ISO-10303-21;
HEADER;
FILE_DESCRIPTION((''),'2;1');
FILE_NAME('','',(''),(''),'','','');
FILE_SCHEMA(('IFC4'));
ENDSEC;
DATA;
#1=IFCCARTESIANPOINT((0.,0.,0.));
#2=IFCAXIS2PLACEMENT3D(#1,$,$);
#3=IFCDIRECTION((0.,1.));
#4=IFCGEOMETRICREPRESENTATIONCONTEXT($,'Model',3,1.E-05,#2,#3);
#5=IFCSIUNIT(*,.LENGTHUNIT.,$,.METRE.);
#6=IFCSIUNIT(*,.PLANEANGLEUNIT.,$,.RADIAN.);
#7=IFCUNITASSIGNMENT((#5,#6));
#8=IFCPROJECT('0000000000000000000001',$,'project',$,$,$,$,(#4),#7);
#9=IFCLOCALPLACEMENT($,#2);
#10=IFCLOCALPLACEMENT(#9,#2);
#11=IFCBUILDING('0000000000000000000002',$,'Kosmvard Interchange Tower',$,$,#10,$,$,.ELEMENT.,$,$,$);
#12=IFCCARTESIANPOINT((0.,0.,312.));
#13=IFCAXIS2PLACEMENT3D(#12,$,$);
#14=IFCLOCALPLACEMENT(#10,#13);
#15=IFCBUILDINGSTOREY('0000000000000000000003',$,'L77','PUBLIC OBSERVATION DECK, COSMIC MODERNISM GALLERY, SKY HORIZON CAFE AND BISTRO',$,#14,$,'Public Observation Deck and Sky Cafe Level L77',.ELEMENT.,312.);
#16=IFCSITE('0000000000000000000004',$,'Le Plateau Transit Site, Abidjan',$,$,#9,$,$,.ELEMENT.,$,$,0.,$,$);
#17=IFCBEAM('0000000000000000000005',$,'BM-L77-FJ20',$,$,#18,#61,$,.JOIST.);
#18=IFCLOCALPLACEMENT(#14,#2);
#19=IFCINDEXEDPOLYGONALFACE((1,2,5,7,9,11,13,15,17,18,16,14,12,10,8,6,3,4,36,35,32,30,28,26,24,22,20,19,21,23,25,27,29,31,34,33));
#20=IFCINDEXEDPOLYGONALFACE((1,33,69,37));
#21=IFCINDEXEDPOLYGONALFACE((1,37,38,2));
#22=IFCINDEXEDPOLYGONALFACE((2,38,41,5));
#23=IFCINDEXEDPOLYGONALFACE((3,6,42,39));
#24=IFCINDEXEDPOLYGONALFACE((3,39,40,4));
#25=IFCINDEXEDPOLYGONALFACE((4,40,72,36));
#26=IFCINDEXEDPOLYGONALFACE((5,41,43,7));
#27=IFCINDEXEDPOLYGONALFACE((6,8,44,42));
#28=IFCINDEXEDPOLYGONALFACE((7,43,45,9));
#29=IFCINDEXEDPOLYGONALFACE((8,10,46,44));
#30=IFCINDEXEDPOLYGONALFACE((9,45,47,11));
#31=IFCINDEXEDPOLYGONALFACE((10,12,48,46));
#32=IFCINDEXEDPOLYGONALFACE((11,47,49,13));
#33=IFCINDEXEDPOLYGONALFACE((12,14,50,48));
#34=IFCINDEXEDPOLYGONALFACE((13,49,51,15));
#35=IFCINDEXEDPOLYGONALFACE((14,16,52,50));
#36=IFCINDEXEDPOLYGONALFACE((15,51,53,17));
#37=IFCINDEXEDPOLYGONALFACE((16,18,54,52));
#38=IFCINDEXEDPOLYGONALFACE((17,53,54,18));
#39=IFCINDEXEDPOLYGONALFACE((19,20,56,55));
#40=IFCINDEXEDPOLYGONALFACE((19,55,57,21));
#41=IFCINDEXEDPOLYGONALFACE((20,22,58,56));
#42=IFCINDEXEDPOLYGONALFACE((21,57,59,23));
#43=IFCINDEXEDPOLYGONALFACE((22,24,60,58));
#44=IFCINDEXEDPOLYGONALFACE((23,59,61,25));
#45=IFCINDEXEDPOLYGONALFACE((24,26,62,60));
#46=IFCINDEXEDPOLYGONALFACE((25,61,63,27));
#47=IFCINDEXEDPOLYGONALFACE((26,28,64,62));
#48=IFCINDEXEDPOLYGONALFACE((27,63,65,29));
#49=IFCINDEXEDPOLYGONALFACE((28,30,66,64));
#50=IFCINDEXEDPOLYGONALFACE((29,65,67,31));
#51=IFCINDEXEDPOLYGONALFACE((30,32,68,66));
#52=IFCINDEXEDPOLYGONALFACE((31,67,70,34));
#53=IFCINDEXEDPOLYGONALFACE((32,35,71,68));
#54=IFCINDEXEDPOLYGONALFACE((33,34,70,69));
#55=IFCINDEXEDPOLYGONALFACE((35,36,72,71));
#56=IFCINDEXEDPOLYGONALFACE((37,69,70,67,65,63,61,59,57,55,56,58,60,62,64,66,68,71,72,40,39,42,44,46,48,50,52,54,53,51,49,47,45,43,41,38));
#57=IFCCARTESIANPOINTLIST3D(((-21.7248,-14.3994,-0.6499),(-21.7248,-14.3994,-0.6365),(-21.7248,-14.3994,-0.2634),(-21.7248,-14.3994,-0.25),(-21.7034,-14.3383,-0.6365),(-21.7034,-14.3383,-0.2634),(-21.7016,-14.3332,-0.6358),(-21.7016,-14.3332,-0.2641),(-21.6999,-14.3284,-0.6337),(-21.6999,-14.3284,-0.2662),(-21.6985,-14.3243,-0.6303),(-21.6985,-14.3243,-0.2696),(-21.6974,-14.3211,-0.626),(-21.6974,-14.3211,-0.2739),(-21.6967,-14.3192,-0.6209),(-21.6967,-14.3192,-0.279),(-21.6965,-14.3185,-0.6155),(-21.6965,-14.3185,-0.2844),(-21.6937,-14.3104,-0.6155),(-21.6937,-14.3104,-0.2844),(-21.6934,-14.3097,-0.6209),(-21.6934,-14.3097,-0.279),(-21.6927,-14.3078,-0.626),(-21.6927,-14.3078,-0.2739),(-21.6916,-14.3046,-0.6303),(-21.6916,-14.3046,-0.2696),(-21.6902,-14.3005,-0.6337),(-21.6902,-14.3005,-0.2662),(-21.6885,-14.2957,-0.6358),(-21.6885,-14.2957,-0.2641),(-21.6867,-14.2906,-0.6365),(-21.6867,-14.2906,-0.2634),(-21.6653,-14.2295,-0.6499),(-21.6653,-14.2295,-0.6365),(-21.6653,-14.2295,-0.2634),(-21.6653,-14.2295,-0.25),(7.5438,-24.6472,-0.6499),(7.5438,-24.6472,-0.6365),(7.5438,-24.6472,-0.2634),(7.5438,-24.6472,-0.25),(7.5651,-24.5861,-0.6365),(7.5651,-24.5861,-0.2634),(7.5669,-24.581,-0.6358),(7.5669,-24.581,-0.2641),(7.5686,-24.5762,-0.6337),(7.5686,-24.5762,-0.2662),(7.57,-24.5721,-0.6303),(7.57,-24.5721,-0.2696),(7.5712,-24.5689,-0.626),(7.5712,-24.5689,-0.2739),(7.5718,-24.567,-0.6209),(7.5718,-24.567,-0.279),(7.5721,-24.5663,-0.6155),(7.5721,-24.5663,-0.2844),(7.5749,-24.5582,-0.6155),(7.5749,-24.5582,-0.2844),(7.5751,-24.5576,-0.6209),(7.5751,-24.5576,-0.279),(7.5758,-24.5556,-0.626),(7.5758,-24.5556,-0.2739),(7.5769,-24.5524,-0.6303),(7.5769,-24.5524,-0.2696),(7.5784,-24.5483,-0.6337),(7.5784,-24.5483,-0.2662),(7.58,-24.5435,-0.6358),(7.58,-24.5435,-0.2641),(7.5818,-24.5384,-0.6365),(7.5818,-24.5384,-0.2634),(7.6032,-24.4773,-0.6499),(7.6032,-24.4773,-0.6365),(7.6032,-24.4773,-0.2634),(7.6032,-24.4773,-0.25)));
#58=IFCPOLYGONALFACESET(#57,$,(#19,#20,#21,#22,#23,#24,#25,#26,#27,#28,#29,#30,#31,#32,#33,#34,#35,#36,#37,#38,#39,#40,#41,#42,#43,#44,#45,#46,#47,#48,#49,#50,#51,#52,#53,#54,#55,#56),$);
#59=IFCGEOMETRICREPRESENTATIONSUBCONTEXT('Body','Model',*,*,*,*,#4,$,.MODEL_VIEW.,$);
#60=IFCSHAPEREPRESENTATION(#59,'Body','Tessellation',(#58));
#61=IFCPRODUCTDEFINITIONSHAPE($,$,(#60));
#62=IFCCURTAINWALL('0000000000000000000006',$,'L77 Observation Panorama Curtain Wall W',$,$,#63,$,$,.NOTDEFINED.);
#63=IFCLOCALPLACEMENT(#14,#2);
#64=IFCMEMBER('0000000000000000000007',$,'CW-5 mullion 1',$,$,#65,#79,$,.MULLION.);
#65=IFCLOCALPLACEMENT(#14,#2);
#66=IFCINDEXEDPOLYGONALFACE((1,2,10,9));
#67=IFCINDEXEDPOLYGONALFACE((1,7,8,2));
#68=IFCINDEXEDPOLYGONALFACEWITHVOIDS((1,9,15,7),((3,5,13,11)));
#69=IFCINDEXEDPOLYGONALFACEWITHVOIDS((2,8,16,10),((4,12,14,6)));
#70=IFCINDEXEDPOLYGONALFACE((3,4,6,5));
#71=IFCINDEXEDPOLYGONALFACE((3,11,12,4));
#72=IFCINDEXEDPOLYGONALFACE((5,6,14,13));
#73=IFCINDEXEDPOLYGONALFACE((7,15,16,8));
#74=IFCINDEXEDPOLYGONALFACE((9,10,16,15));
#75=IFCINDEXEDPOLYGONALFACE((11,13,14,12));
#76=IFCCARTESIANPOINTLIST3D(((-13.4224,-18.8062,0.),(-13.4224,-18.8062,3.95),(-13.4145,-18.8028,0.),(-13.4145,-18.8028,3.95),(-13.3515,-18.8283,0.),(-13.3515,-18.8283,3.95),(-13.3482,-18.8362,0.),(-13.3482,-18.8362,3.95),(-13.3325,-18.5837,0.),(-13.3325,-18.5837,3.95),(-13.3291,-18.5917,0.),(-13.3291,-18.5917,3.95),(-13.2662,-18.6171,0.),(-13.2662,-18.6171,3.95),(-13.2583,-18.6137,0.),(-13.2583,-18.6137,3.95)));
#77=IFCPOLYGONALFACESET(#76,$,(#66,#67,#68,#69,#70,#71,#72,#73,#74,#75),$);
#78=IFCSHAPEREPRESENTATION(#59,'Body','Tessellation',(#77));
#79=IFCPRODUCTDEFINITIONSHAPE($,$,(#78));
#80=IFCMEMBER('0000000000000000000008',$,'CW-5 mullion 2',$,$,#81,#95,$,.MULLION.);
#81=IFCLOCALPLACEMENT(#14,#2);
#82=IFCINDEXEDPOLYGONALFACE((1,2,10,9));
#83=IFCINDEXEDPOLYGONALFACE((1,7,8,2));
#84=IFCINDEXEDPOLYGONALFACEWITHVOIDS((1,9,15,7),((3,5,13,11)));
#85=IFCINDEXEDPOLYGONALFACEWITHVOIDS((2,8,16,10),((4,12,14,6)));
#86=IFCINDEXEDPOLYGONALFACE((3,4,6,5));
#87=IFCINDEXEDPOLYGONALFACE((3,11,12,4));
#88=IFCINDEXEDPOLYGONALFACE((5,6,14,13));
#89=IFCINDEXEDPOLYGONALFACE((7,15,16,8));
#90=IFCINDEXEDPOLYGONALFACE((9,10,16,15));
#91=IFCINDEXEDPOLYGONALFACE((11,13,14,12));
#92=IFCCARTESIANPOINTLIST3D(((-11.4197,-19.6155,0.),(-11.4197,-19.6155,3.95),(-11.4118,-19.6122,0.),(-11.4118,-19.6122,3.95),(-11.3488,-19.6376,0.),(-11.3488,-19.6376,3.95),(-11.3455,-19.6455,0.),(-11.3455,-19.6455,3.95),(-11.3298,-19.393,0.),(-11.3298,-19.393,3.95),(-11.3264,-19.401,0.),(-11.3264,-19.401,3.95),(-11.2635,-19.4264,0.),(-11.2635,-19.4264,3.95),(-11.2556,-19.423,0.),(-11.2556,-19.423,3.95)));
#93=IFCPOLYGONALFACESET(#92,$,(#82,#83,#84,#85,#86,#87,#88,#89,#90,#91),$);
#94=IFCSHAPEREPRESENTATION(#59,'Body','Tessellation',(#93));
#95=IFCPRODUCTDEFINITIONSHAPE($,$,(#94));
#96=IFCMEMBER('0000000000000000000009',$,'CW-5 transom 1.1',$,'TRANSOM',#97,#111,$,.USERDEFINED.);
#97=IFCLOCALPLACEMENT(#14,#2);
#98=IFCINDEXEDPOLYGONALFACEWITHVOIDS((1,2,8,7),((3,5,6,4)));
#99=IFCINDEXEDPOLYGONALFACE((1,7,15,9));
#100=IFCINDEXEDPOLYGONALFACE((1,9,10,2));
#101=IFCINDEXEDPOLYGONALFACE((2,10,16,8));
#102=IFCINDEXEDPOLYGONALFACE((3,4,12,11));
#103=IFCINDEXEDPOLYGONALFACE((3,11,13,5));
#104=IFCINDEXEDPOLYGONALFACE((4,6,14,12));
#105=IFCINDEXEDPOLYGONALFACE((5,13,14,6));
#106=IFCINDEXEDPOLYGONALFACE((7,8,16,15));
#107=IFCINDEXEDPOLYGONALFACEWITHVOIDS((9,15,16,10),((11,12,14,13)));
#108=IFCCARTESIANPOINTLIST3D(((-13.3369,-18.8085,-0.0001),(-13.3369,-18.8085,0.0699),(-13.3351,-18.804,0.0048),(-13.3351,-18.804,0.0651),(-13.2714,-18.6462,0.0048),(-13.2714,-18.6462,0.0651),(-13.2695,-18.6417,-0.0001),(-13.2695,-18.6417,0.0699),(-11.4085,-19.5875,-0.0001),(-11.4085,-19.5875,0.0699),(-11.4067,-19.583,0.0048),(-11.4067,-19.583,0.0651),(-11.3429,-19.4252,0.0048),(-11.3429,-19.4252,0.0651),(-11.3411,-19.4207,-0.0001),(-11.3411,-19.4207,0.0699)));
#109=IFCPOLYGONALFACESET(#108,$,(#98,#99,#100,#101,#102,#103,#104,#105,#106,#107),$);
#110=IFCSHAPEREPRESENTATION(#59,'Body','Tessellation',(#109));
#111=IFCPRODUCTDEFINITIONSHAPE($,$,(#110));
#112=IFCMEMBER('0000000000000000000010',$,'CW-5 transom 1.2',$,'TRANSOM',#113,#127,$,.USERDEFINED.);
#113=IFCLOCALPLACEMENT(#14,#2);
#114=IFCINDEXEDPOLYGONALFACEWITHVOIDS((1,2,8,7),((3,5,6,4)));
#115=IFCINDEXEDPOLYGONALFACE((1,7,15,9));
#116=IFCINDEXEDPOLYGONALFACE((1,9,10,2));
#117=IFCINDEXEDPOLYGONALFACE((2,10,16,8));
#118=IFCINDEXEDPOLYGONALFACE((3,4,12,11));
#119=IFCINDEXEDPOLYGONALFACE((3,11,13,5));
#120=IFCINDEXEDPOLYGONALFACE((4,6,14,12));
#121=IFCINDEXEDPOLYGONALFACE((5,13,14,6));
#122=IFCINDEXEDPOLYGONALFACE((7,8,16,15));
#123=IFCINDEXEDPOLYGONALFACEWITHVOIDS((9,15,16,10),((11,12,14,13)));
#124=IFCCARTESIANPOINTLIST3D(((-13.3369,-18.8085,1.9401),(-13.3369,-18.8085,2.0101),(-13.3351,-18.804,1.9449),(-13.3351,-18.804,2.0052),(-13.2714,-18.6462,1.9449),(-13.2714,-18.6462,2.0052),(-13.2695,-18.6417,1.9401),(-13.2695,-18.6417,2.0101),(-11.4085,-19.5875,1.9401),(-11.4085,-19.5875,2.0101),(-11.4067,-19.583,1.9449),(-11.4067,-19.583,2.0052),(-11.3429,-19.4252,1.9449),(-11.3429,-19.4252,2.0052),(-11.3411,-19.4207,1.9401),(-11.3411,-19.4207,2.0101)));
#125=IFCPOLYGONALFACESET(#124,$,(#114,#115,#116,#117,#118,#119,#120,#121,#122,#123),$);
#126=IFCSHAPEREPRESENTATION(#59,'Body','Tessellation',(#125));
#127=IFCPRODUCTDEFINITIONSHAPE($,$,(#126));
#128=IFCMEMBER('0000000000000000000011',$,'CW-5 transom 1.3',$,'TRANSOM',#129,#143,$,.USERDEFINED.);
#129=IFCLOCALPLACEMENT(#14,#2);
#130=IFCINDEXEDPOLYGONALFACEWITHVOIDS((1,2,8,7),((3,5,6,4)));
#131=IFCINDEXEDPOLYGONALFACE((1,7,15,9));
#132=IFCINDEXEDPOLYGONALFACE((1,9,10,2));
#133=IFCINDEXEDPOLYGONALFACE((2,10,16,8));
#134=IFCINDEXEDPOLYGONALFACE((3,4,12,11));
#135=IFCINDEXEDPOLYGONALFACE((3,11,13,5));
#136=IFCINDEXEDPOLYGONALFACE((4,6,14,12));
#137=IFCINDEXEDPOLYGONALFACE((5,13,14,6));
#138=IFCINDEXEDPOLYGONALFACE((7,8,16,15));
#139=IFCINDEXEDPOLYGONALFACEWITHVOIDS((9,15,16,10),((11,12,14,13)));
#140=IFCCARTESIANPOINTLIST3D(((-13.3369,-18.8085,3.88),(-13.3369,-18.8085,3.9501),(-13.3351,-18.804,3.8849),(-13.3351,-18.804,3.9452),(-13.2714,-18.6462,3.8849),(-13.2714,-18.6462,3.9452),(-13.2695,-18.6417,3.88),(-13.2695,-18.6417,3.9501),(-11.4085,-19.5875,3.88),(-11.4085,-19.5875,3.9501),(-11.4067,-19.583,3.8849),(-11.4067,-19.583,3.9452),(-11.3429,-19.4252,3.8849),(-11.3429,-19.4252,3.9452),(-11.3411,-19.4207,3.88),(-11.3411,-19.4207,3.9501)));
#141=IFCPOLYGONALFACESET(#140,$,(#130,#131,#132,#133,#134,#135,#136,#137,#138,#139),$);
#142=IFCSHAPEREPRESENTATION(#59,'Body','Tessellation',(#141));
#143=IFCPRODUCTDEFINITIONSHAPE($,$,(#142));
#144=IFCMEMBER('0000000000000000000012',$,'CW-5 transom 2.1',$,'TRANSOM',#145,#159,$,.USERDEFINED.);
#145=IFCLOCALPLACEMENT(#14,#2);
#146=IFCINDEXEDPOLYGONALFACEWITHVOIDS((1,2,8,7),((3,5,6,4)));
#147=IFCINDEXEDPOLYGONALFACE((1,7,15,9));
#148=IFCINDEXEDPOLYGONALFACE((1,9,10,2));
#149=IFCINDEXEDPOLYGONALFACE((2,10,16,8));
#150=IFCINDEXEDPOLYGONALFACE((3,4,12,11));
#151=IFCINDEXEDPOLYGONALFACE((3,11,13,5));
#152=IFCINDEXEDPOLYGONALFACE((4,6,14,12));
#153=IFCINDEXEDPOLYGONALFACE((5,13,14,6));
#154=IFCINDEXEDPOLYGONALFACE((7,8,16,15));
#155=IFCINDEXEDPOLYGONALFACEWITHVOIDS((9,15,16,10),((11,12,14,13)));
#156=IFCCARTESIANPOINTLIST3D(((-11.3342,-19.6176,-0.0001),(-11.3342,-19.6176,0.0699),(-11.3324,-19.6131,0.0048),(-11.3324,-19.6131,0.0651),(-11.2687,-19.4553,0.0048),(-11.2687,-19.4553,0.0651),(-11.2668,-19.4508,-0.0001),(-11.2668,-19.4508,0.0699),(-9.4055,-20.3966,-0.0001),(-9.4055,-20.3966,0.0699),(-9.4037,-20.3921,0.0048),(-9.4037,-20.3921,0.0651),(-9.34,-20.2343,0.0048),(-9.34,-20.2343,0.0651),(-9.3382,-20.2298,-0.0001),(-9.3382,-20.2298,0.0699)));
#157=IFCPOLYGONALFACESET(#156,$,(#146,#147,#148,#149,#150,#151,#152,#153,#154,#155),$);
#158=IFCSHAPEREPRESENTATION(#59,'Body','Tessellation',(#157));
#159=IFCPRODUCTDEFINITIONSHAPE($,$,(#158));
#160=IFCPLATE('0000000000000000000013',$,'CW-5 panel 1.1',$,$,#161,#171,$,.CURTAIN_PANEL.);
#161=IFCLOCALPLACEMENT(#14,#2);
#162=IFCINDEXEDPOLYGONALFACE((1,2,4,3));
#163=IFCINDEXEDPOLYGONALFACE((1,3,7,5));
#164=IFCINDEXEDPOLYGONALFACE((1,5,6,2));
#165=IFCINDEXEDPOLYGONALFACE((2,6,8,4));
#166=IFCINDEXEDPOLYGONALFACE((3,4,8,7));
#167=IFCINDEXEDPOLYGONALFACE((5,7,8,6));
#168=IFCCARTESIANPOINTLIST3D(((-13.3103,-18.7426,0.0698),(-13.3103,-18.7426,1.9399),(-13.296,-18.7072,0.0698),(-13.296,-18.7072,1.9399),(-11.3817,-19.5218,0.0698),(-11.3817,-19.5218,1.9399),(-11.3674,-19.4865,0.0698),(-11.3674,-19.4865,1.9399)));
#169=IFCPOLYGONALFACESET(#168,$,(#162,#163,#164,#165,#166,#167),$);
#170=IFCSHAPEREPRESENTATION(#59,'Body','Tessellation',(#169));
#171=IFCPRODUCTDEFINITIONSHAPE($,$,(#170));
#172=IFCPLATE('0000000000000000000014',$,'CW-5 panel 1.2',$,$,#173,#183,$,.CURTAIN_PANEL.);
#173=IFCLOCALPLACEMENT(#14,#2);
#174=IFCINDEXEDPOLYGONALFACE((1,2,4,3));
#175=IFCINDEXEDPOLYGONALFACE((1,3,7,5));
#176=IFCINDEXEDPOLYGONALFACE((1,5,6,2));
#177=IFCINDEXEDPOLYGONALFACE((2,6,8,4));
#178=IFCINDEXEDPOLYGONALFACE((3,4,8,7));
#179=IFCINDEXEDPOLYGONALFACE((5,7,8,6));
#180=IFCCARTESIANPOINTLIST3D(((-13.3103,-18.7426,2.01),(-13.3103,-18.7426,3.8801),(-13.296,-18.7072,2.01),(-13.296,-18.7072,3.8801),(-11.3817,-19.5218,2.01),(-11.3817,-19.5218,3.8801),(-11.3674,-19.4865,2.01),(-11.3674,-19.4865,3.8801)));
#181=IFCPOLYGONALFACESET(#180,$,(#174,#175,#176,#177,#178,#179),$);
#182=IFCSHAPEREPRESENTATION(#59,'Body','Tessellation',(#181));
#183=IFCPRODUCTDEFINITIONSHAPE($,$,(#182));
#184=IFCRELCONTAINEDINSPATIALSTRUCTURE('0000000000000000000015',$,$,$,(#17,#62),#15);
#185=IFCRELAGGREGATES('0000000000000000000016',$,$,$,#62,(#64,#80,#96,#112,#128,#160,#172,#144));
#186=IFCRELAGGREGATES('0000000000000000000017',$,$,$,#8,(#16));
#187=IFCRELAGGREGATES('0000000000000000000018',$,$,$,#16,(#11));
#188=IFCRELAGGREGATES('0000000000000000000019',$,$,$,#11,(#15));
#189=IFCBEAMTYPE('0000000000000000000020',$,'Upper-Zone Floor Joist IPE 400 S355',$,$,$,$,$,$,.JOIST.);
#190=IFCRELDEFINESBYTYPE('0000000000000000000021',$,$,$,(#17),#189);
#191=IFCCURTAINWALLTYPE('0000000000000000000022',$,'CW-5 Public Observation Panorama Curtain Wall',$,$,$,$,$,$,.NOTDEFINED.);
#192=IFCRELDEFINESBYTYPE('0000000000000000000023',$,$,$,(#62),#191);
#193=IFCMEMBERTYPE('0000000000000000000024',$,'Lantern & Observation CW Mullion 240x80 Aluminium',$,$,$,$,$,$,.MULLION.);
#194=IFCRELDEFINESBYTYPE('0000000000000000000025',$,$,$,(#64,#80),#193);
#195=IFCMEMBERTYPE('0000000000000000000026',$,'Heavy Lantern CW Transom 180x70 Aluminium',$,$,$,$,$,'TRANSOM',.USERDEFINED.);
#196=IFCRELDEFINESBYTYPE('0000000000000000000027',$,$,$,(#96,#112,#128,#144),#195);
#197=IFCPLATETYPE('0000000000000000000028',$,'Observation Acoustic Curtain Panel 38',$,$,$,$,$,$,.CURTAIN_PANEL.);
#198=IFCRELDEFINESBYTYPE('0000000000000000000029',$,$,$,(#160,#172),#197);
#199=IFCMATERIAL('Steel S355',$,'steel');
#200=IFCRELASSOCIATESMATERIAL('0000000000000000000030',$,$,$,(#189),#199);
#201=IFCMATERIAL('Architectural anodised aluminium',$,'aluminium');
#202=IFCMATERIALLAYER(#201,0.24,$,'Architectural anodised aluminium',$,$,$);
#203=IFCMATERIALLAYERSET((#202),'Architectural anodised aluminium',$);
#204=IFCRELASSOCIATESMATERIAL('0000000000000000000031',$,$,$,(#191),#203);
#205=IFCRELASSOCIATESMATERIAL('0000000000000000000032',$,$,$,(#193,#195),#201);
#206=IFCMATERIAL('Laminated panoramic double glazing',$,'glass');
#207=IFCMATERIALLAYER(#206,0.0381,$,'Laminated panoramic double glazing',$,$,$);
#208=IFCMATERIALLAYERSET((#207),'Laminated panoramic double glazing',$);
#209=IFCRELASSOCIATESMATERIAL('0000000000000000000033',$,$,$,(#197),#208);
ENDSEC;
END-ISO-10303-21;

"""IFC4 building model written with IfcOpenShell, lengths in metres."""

from ifc_helpers import new_model, si_unit, direction, frame, origin, origin_2d, place, context, subcontext, project, spatial, rectangle, hollow_rectangle, i_section, extrude, source, transform, mapped, material, layer, layer_set, material_profile, profile_set, type_object, element, aggregate, save


model = new_model("IFC4")

# Units and contexts
model_context = context("Model", 3, precision=1e-05, world=origin(), true_north=direction((0.0, 1.0)))
body_context = subcontext(model_context, "Body", "Model", "MODEL_VIEW")
ifc_project = project(units=[si_unit("LENGTHUNIT", "METRE"), si_unit("PLANEANGLEUNIT", "RADIAN")], contexts=[model_context])

# Site, building, storey
site_placement = place(None, origin())
site = spatial("IfcSite", under=ifc_project, at=site_placement, Name="Le Plateau Transit Site, Abidjan", CompositionType="ELEMENT", RefElevation=0.0)
building_placement = place(site_placement, origin())
building = spatial("IfcBuilding", under=site, at=building_placement, Name="Kosmvard Interchange Tower", CompositionType="ELEMENT")
storey_placement = place(building_placement, frame((0.0, 0.0, 312.0)))
storey = spatial("IfcBuildingStorey", under=building, at=storey_placement, Name="L77", Description="PUBLIC OBSERVATION DECK, COSMIC MODERNISM GALLERY, SKY HORIZON CAFE AND BISTRO", LongName="Public Observation Deck and Sky Cafe Level L77", CompositionType="ELEMENT", Elevation=312.0)

# Beam
ifc_material_1 = material(Name="Steel S355", Category="steel")
ifc_material_profile_1 = material_profile(ifc_material_1, i_section(OverallWidth=0.1799, OverallDepth=0.3999, WebThickness=0.0085, FlangeThickness=0.0134, FilletRadius=0.021, at=origin_2d()), Name="IPE 400")
ifc_profile_set_1 = profile_set([ifc_material_profile_1], Name="Steel S355")
beam_type_1 = type_object("IfcBeamType", Name="Upper-Zone Floor Joist IPE 400 S355", PredefinedType="JOIST", material=ifc_profile_set_1)
shared_shape_1 = source(origin(), body_context, "Body", "SweptSolid", [
    extrude(i_section(OverallWidth=0.1799, OverallDepth=0.3999, WebThickness=0.0085, FlangeThickness=0.0134, FilletRadius=0.021, at=origin_2d()), origin(), (0.0, 0.0, 1.0), 31.0107),
])
beam_1_placement = place(storey_placement, frame((-21.6951, -14.3145, -0.45), z_axis=(0.94382, -0.33046, 0.0), x_axis=(0.33046, 0.94382, 0.0)))
element("IfcBeam", 1, at=beam_1_placement, inside=storey, type_object=beam_type_1, Name="BM-L77-FJ20", PredefinedType="JOIST", context=body_context, shape_type="MappedRepresentation", body=[
    mapped(shared_shape_1, transform((0.0, 0.0, 0.0), scale=1.0)),
])

# Curtain wall, members, plates
ifc_material_2 = material(Name="Architectural anodised aluminium", Category="aluminium")
ifc_layer_1 = layer(ifc_material_2, 0.24, Name="Architectural anodised aluminium")
ifc_layer_set_1 = layer_set([ifc_layer_1], Name="Architectural anodised aluminium")
curtain_wall_type = type_object("IfcCurtainWallType", Name="CW-5 Public Observation Panorama Curtain Wall", PredefinedType="NOTDEFINED", material=ifc_layer_set_1)
curtain_wall_placement = place(storey_placement, origin())
curtain_wall = element("IfcCurtainWall", 2, at=curtain_wall_placement, inside=storey, type_object=curtain_wall_type, Name="L77 Observation Panorama Curtain Wall W", PredefinedType="NOTDEFINED")
ifc_material_profile_2 = material_profile(ifc_material_2, hollow_rectangle(XDim=0.24, YDim=0.0801, WallThickness=0.0061, at=origin_2d()), Name="CWM 240x80x6")
ifc_profile_set_2 = profile_set([ifc_material_profile_2], Name="Architectural anodised aluminium")
member_type_1 = type_object("IfcMemberType", Name="Lantern & Observation CW Mullion 240x80 Aluminium", PredefinedType="MULLION", material=ifc_profile_set_2)
shared_shape_2 = source(origin(), body_context, "Body", "SweptSolid", [
    extrude(hollow_rectangle(XDim=0.24, YDim=0.0801, WallThickness=0.0061, at=origin_2d()), origin(), (0.0, 0.0, 1.0), 3.95),
])
member_1_placement = place(storey_placement, frame((-13.3403, -18.71, 0.0), z_axis=(0.0, 0.0, 1.0), x_axis=(0.374607, 0.927184, 0.0)))
member_1 = element("IfcMember", 3, at=member_1_placement, type_object=member_type_1, Name="CW-5 mullion 1", PredefinedType="MULLION", context=body_context, shape_type="MappedRepresentation", body=[
    mapped(shared_shape_2, transform((0.0, 0.0, 0.0), scale=1.0)),
])
member_2_placement = place(storey_placement, frame((-11.3376, -19.5193, 0.0), z_axis=(0.0, 0.0, 1.0), x_axis=(0.374607, 0.927184, 0.0)))
member_2 = element("IfcMember", 4, at=member_2_placement, type_object=member_type_1, Name="CW-5 mullion 2", PredefinedType="MULLION", context=body_context, shape_type="MappedRepresentation", body=[
    mapped(shared_shape_2, transform((0.0, 0.0, 0.0), scale=1.0)),
])
ifc_material_profile_3 = material_profile(ifc_material_2, hollow_rectangle(XDim=0.1799, YDim=0.0701, WallThickness=0.0049, at=origin_2d()), Name="CWT 180x70x5")
ifc_profile_set_3 = profile_set([ifc_material_profile_3], Name="Architectural anodised aluminium")
member_type_2 = type_object("IfcMemberType", Name="Heavy Lantern CW Transom 180x70 Aluminium", ElementType="TRANSOM", PredefinedType="USERDEFINED", material=ifc_profile_set_3)
shared_shape_3 = source(origin(), body_context, "Body", "SweptSolid", [
    extrude(hollow_rectangle(XDim=0.1799, YDim=0.0701, WallThickness=0.0049, at=origin_2d()), origin(), (0.0, 0.0, 1.0), 2.0798),
])
member_3_placement = place(storey_placement, frame((-13.3032, -18.7251, 0.0349), z_axis=(0.9272, -0.374566, 0.0), x_axis=(0.374566, 0.9272, 0.0)))
member_3 = element("IfcMember", 5, at=member_3_placement, type_object=member_type_2, Name="CW-5 transom 1.1", ObjectType="TRANSOM", PredefinedType="USERDEFINED", context=body_context, shape_type="MappedRepresentation", body=[
    mapped(shared_shape_3, transform((0.0, 0.0, 0.0), scale=1.0)),
])
member_4_placement = place(storey_placement, frame((-13.3032, -18.7251, 1.9751), z_axis=(0.9272, -0.374566, 0.0), x_axis=(0.374566, 0.9272, 0.0)))
member_4 = element("IfcMember", 6, at=member_4_placement, type_object=member_type_2, Name="CW-5 transom 1.2", ObjectType="TRANSOM", PredefinedType="USERDEFINED", context=body_context, shape_type="MappedRepresentation", body=[
    mapped(shared_shape_3, transform((0.0, 0.0, 0.0), scale=1.0)),
])
member_5_placement = place(storey_placement, frame((-13.3032, -18.7251, 3.915), z_axis=(0.9272, -0.374566, 0.0), x_axis=(0.374566, 0.9272, 0.0)))
member_5 = element("IfcMember", 7, at=member_5_placement, type_object=member_type_2, Name="CW-5 transom 1.3", ObjectType="TRANSOM", PredefinedType="USERDEFINED", context=body_context, shape_type="MappedRepresentation", body=[
    mapped(shared_shape_3, transform((0.0, 0.0, 0.0), scale=1.0)),
])
shared_shape_4 = source(origin(), body_context, "Body", "SweptSolid", [
    extrude(hollow_rectangle(XDim=0.1799, YDim=0.0701, WallThickness=0.0049, at=origin_2d()), origin(), (0.0, 0.0, 1.0), 2.0801),
])
member_6_placement = place(storey_placement, frame((-11.3005, -19.5342, 0.0349), z_axis=(0.927217, -0.374525, 0.0), x_axis=(0.374525, 0.927217, 0.0)))
member_6 = element("IfcMember", 8, at=member_6_placement, type_object=member_type_2, Name="CW-5 transom 2.1", ObjectType="TRANSOM", PredefinedType="USERDEFINED", context=body_context, shape_type="MappedRepresentation", body=[
    mapped(shared_shape_4, transform((0.0, 0.0, 0.0), scale=1.0)),
])
ifc_material_3 = material(Name="Laminated panoramic double glazing", Category="glass")
ifc_layer_2 = layer(ifc_material_3, 0.0381, Name="Laminated panoramic double glazing")
ifc_layer_set_2 = layer_set([ifc_layer_2], Name="Laminated panoramic double glazing")
plate_type = type_object("IfcPlateType", Name="Observation Acoustic Curtain Panel 38", PredefinedType="CURTAIN_PANEL", material=ifc_layer_set_2)
shared_shape_5 = source(origin(), body_context, "Body", "SweptSolid", [
    extrude(rectangle(XDim=2.0801, YDim=0.0381, at=origin_2d()), origin(), (0.0, 0.0, 1.0), 1.8701),
])
plate_1_placement = place(storey_placement, frame((-12.3389, -19.1145, 0.0698), z_axis=(0.0, 0.0, 1.0), x_axis=(0.927184, -0.374607, 0.0)))
plate_1 = element("IfcPlate", 9, at=plate_1_placement, type_object=plate_type, Name="CW-5 panel 1.1", PredefinedType="CURTAIN_PANEL", context=body_context, shape_type="MappedRepresentation", body=[
    mapped(shared_shape_5, transform((0.0, 0.0, 0.0), scale=1.0)),
])
plate_2_placement = place(storey_placement, frame((-12.3389, -19.1145, 2.01), z_axis=(0.0, 0.0, 1.0), x_axis=(0.927184, -0.374607, 0.0)))
plate_2 = element("IfcPlate", 10, at=plate_2_placement, type_object=plate_type, Name="CW-5 panel 1.2", PredefinedType="CURTAIN_PANEL", context=body_context, shape_type="MappedRepresentation", body=[
    mapped(shared_shape_5, transform((0.0, 0.0, 0.0), scale=1.0)),
])
aggregate(curtain_wall, [member_1, member_2, member_3, member_4, member_5, plate_1, plate_2, member_6])

save(model, "model.ifc")
